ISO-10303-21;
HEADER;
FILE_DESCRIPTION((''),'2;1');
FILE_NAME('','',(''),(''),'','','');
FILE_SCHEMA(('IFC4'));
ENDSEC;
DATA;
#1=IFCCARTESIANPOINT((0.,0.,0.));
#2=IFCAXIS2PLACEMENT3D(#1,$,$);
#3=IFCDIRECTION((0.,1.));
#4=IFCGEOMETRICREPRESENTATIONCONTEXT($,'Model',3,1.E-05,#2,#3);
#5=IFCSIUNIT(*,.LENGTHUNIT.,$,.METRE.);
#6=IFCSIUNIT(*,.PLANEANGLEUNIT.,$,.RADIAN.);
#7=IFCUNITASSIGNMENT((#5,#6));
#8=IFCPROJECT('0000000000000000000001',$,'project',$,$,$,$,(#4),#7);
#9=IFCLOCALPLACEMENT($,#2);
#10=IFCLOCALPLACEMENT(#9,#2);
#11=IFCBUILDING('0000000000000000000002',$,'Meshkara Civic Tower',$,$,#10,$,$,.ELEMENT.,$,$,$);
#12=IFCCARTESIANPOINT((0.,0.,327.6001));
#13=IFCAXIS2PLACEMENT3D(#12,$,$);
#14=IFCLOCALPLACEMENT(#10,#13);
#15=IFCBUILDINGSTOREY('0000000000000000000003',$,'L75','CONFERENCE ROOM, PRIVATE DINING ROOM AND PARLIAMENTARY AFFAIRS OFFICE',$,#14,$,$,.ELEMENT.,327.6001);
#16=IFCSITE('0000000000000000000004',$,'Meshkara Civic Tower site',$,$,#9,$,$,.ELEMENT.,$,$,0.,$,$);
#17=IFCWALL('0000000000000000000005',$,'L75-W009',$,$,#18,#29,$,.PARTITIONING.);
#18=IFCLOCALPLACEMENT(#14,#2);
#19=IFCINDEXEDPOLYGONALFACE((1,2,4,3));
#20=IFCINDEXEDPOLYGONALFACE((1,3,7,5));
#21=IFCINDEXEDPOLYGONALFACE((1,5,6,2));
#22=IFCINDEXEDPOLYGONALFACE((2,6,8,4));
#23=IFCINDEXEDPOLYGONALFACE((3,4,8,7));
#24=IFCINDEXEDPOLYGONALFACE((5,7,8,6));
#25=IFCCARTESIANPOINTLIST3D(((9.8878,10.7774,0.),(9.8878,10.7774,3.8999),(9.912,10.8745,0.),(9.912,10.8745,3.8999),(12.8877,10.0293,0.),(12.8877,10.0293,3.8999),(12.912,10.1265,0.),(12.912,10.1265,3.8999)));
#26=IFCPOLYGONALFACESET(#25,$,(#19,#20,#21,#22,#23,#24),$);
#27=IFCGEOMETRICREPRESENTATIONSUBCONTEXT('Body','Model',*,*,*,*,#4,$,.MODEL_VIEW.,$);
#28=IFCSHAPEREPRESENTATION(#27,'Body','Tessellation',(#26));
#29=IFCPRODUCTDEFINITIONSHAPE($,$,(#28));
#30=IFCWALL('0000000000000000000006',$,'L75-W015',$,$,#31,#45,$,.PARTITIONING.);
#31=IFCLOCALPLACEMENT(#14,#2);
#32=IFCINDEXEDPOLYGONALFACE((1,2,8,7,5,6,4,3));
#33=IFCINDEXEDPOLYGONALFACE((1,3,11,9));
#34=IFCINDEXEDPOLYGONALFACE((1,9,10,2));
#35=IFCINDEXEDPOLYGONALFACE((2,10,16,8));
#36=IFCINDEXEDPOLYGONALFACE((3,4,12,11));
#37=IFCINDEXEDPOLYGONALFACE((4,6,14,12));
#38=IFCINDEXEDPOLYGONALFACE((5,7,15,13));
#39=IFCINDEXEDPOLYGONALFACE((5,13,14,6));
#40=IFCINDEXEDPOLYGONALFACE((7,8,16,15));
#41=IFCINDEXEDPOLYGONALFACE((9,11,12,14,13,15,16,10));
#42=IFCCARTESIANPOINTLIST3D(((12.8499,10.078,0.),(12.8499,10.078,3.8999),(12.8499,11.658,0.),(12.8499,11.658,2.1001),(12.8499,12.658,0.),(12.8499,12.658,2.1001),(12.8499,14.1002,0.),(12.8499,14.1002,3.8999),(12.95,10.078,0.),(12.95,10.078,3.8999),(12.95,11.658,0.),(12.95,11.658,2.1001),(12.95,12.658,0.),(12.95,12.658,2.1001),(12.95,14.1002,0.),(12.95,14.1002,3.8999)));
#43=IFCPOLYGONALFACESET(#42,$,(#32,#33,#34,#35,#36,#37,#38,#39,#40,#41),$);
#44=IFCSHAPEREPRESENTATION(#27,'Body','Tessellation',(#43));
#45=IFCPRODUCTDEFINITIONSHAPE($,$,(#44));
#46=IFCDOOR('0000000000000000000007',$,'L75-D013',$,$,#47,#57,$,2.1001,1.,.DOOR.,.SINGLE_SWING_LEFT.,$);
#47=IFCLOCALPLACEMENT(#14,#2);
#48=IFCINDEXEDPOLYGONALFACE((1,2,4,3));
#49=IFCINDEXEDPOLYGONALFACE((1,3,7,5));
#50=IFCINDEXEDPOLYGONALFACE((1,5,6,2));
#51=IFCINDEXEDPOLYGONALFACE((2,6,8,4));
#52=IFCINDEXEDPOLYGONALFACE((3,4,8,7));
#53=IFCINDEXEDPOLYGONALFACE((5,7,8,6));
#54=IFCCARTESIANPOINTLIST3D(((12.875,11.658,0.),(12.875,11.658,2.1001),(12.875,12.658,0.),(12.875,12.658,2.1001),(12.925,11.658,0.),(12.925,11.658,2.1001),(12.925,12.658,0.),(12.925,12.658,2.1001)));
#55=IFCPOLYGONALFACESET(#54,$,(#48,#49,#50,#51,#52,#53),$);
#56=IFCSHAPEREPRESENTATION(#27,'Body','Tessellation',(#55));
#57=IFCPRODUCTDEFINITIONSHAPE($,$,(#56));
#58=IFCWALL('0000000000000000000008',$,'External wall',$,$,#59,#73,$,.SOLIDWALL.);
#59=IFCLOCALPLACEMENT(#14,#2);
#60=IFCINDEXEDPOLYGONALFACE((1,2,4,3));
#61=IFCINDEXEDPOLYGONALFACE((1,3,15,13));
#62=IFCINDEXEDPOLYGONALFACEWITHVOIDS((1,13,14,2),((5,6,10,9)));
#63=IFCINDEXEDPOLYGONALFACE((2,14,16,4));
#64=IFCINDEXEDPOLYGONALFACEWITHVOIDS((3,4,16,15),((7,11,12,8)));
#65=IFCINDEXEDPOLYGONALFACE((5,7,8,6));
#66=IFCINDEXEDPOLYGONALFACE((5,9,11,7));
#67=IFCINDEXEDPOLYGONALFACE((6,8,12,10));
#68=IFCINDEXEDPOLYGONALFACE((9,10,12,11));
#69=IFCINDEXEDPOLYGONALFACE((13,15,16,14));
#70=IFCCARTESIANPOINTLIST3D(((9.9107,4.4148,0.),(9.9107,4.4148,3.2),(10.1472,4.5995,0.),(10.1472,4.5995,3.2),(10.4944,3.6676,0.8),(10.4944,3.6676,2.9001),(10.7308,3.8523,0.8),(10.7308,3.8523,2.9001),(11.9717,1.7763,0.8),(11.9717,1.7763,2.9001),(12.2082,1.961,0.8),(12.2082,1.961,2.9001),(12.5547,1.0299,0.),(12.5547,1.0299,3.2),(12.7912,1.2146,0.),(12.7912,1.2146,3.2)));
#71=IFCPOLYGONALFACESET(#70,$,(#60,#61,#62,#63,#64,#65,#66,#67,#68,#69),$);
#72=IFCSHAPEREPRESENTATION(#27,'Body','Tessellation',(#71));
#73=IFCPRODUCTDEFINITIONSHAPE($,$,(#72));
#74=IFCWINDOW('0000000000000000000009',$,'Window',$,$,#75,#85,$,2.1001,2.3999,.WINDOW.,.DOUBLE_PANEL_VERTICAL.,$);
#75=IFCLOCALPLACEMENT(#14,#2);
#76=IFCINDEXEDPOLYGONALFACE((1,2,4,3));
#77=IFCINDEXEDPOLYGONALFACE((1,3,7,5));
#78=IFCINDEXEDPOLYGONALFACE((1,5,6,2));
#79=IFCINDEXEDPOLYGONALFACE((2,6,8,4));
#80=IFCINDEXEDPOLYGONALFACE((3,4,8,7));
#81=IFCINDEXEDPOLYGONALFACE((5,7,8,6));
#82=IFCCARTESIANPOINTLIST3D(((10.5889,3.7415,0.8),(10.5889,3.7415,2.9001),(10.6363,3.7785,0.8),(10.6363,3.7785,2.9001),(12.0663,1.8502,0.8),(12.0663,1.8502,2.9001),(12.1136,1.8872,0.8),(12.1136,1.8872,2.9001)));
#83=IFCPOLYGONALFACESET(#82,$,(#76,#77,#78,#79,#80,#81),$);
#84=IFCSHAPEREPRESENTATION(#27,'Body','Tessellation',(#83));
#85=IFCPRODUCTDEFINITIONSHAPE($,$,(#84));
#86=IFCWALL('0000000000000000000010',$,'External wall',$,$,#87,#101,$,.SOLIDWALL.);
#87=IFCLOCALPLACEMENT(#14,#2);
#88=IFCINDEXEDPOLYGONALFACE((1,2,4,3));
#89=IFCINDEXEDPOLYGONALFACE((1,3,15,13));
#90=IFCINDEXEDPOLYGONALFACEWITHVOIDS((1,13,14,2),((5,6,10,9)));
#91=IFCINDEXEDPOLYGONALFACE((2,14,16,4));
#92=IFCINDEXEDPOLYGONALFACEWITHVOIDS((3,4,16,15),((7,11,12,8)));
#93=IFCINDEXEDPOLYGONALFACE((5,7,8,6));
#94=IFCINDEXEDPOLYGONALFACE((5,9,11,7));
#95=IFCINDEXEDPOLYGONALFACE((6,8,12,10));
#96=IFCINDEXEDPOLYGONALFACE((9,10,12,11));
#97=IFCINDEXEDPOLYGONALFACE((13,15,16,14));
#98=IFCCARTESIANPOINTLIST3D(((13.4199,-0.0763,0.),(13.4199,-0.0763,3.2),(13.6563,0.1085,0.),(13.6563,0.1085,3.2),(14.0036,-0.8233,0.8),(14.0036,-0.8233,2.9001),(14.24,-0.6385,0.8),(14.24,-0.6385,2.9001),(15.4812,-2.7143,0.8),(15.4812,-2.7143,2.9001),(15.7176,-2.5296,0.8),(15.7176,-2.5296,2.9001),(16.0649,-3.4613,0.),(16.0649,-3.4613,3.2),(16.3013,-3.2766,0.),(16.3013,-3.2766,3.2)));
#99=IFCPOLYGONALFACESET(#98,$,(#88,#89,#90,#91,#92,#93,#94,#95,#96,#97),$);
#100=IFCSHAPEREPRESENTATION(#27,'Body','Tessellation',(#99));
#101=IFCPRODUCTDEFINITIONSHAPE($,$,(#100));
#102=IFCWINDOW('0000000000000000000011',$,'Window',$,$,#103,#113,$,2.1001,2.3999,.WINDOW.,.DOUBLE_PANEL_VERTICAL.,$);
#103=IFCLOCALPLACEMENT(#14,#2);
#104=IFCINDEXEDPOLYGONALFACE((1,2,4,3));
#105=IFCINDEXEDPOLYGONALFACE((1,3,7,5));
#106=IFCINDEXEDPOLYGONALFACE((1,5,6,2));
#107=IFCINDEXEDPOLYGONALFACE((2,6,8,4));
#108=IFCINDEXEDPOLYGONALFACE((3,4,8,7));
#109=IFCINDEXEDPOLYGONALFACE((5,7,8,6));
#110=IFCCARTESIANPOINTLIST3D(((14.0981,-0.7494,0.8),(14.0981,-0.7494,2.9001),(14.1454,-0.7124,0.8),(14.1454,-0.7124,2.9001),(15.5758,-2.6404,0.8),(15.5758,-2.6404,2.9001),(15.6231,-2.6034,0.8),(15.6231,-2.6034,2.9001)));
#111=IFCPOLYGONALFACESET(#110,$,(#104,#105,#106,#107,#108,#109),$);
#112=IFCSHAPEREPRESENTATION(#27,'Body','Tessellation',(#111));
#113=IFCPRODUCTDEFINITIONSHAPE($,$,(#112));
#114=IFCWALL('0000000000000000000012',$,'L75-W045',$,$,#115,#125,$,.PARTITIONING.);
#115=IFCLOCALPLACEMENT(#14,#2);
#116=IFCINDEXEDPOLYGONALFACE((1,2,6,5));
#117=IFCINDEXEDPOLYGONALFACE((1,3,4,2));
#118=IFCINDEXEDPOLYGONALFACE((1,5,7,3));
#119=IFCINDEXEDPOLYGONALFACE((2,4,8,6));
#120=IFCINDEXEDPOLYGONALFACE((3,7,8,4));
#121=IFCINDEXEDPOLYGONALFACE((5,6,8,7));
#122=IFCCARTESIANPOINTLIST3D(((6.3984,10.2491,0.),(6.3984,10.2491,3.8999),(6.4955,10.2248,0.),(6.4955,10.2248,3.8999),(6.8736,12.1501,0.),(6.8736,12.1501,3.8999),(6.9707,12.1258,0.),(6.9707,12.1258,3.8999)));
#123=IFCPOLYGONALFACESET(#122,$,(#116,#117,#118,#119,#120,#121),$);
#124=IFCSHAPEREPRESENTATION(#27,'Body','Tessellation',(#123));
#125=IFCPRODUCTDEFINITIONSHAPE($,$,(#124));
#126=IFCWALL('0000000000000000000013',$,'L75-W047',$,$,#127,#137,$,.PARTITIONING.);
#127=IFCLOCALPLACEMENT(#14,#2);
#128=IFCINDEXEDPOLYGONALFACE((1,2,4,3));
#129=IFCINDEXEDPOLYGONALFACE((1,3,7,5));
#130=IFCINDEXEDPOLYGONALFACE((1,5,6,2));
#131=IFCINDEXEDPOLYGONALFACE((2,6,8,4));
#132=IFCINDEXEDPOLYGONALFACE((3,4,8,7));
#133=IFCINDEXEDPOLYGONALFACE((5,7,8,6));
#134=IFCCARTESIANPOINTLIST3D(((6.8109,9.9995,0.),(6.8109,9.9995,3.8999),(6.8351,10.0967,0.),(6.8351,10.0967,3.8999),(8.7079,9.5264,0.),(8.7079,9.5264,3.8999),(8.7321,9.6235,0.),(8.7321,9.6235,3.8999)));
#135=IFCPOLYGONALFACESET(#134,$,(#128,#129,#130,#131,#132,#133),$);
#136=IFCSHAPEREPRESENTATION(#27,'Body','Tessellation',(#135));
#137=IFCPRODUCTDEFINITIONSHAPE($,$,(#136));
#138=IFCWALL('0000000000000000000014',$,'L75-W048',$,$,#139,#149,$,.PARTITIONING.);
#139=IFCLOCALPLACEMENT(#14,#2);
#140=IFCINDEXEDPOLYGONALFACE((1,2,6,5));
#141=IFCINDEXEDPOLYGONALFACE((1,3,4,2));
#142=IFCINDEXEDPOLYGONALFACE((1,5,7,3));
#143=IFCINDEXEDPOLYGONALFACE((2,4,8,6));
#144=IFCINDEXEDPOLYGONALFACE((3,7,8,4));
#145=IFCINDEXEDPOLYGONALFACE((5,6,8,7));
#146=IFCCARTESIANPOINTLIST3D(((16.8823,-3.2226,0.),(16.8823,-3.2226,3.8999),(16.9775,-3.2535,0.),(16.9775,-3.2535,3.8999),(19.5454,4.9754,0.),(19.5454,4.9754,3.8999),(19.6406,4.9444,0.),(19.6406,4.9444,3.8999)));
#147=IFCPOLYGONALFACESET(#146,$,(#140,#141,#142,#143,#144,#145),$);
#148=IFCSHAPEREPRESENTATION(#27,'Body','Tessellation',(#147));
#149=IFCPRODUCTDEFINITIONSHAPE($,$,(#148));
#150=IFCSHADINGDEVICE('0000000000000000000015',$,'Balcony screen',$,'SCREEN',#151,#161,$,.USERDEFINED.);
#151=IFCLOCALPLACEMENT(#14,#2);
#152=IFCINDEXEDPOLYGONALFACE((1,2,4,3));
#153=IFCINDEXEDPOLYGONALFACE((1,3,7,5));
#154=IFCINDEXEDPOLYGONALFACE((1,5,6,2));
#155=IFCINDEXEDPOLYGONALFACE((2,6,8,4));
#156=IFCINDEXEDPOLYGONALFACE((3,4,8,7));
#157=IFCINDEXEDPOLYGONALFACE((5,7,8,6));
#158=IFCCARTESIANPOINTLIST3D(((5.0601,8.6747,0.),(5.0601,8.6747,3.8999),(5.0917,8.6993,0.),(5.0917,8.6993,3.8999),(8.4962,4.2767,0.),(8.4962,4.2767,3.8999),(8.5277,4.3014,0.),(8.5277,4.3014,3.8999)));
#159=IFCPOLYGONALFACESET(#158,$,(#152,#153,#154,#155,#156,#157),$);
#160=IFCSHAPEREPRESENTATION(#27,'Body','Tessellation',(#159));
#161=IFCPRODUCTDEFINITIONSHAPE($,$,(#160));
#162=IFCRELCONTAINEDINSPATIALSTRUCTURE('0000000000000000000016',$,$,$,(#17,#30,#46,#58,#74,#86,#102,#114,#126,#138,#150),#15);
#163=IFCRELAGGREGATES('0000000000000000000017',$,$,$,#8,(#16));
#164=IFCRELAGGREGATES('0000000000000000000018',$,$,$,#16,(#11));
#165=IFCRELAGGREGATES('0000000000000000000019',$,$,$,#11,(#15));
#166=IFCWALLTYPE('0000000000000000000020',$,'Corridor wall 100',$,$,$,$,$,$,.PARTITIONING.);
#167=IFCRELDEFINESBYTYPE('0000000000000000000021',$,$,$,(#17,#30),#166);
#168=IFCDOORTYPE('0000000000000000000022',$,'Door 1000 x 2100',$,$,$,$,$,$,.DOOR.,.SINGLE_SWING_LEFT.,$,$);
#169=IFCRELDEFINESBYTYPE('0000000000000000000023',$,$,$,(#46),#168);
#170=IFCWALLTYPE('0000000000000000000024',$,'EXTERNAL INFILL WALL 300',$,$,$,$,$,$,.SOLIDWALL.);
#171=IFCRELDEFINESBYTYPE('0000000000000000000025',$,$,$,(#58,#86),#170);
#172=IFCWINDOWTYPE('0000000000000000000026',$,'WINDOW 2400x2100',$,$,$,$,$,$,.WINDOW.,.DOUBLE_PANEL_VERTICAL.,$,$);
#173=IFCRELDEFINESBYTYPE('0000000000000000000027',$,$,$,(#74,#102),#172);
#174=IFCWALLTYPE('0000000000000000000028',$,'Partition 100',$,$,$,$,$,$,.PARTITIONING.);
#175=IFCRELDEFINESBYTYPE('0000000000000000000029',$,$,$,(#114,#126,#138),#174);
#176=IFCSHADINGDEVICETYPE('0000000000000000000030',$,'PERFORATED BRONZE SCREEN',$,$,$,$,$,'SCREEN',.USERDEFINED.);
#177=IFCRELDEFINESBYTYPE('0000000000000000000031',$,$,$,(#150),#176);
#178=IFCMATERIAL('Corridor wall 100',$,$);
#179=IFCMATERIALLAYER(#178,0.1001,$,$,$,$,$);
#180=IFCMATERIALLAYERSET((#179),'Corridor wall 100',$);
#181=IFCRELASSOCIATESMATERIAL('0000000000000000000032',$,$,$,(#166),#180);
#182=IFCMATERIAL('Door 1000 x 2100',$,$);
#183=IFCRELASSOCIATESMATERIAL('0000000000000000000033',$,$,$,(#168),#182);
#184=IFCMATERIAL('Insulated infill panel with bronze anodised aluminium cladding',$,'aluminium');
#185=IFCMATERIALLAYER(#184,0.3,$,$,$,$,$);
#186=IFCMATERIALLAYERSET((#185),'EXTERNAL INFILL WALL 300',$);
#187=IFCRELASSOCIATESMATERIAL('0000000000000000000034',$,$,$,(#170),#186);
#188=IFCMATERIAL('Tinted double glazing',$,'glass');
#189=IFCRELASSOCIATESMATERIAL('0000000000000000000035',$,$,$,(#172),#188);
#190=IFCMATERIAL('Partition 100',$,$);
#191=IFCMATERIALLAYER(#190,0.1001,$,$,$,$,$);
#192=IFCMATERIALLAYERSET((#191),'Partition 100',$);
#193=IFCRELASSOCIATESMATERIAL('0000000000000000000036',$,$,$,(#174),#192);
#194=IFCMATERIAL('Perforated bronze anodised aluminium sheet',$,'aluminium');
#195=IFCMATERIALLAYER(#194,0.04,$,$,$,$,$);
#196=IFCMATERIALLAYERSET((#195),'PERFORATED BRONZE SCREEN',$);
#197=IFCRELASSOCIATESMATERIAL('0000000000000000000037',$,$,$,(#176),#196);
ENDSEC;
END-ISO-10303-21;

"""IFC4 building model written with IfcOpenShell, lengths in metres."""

from ifc_helpers import new_model, si_unit, direction, frame, frame_2d, origin, origin_2d, place, context, subcontext, project, spatial, rectangle, extrude, material, layer, layer_set, type_object, element, fill, save


model = new_model("IFC4")

# Units and contexts
model_context = context("Model", 3, precision=1e-05, world=origin(), true_north=direction((0.0, 1.0)))
body_context = subcontext(model_context, "Body", "Model", "MODEL_VIEW")
ifc_project = project(units=[si_unit("LENGTHUNIT", "METRE"), si_unit("PLANEANGLEUNIT", "RADIAN")], contexts=[model_context])

# Site, building, storey
site_placement = place(None, origin())
site = spatial("IfcSite", under=ifc_project, at=site_placement, Name="Meshkara Civic Tower site", CompositionType="ELEMENT", RefElevation=0.0)
building_placement = place(site_placement, origin())
building = spatial("IfcBuilding", under=site, at=building_placement, Name="Meshkara Civic Tower", CompositionType="ELEMENT")
storey_placement = place(building_placement, frame((0.0, 0.0, 327.6001)))
storey = spatial("IfcBuildingStorey", under=building, at=storey_placement, Name="L75", Description="CONFERENCE ROOM, PRIVATE DINING ROOM AND PARLIAMENTARY AFFAIRS OFFICE", CompositionType="ELEMENT", Elevation=327.6001)

# Shared definitions
ifc_material_1 = material(Name="Corridor wall 100")
ifc_layer_1 = layer(ifc_material_1, 0.1001)
ifc_layer_set_1 = layer_set([ifc_layer_1], Name="Corridor wall 100")
wall_type_1 = type_object("IfcWallType", Name="Corridor wall 100", PredefinedType="PARTITIONING", material=ifc_layer_set_1)
ifc_material_2 = material(Name="Door 1000 x 2100")
door_type_1 = type_object("IfcDoorType", Name="Door 1000 x 2100", OperationType="SINGLE_SWING_LEFT", PredefinedType="DOOR", material=ifc_material_2)

# Wall
wall_1_placement = place(storey_placement, frame((9.8999, 10.8259, 0.0), z_axis=(0.0, 0.0, 1.0), x_axis=(0.970291, -0.241941, 0.0)))
element("IfcWall", 1, at=wall_1_placement, inside=storey, type_object=wall_type_1, Name="L75-W009", PredefinedType="PARTITIONING", context=body_context, shape_type="SweptSolid", body=[
    extrude(rectangle(XDim=3.0918, YDim=0.1001, at=frame_2d((1.5459, 0.0))), origin(), (0.0, 0.0, 1.0), 3.8999),
])

# Wall, opening, door
wall_2_placement = place(storey_placement, frame((12.8999, 10.0779, 0.0), z_axis=(0.0, 0.0, 1.0), x_axis=(0.0, 1.0, 0.0)))
wall_2 = element("IfcWall", 2, at=wall_2_placement, inside=storey, type_object=wall_type_1, Name="L75-W015", PredefinedType="PARTITIONING", context=body_context, shape_type="SweptSolid", body=[
    extrude(rectangle(XDim=4.0222, YDim=0.1001, at=frame_2d((2.0112, 0.0))), origin(), (0.0, 0.0, 1.0), 3.8999),
])
opening_1_placement = place(wall_2_placement, frame((1.5801, 0.0, 0.0)))
opening_1 = element("IfcOpeningElement", 3, at=opening_1_placement, cuts=wall_2, PredefinedType="OPENING", context=body_context, shape_type="SweptSolid", body=[
    extrude(rectangle(XDim=1.0, YDim=2.1001, at=frame_2d((0.5, 1.05))), frame((0.0, 0.0601, 0.0), z_axis=(0.0, -1.0, 0.0), x_axis=(1.0, 0.0, 0.0)), (0.0, 0.0, 1.0), 0.1201),
])
door_1_placement = place(opening_1_placement, origin())
door_1 = element("IfcDoor", 4, at=door_1_placement, inside=storey, type_object=door_type_1, Name="L75-D013", OperationType="SINGLE_SWING_LEFT", OverallHeight=2.1001, OverallWidth=1.0, PredefinedType="DOOR", context=body_context, shape_type="SweptSolid", body=[
    extrude(rectangle(XDim=1.0, YDim=2.1001, at=frame_2d((0.5, 1.05))), frame((0.0, 0.0249, 0.0), z_axis=(0.0, -1.0, 0.0), x_axis=(1.0, 0.0, 0.0)), (0.0, 0.0, 1.0), 0.05),
])
fill(opening_1, door_1)

# Walls, openings, windows
ifc_material_3 = material(Name="Insulated infill panel with bronze anodised aluminium cladding", Category="aluminium")
ifc_layer_2 = layer(ifc_material_3, 0.3)
ifc_layer_set_2 = layer_set([ifc_layer_2], Name="EXTERNAL INFILL WALL 300")
wall_type_2 = type_object("IfcWallType", Name="EXTERNAL INFILL WALL 300", PredefinedType="SOLIDWALL", material=ifc_layer_set_2)
wall_3_placement = place(storey_placement, frame((10.0291, 4.5071, 0.0), z_axis=(0.0, 0.0, 1.0), x_axis=(0.615572, -0.78808, 0.0)))
wall_3 = element("IfcWall", 5, at=wall_3_placement, inside=storey, type_object=wall_type_2, Name="External wall", PredefinedType="SOLIDWALL", context=body_context, shape_type="SweptSolid", body=[
    extrude(rectangle(XDim=4.2952, YDim=0.3, at=frame_2d((2.1475, 0.0))), origin(), (0.0, 0.0, 1.0), 3.2),
])
opening_2_placement = place(wall_3_placement, frame((0.948, 0.0, 0.8)))
opening_2 = element("IfcOpeningElement", 6, at=opening_2_placement, cuts=wall_3, PredefinedType="OPENING", context=body_context, shape_type="SweptSolid", body=[
    extrude(rectangle(XDim=2.3999, YDim=2.1001, at=frame_2d((1.2, 1.05))), frame((0.0, 0.1599, 0.0), z_axis=(0.0, -1.0, 0.0), x_axis=(1.0, 0.0, 0.0)), (0.0, 0.0, 1.0), 0.3201),
])
ifc_material_4 = material(Name="Tinted double glazing", Category="glass")
window_type = type_object("IfcWindowType", Name="WINDOW 2400x2100", PartitioningType="DOUBLE_PANEL_VERTICAL", PredefinedType="WINDOW", material=ifc_material_4)
window_1_placement = place(opening_2_placement, origin())
window_1 = element("IfcWindow", 7, at=window_1_placement, inside=storey, type_object=window_type, Name="Window", OverallHeight=2.1001, OverallWidth=2.3999, PartitioningType="DOUBLE_PANEL_VERTICAL", PredefinedType="WINDOW", context=body_context, shape_type="SweptSolid", body=[
    extrude(rectangle(XDim=2.3999, YDim=2.1001, at=frame_2d((1.2, 1.05))), frame((0.0, 0.03, 0.0), z_axis=(0.0, -1.0, 0.0), x_axis=(1.0, 0.0, 0.0)), (0.0, 0.0, 1.0), 0.0601),
])
fill(opening_2, window_1)
wall_4_placement = place(storey_placement, frame((13.5381, 0.0161, 0.0), z_axis=(0.0, 0.0, 1.0), x_axis=(0.615714, -0.78797, 0.0)))
wall_4 = element("IfcWall", 8, at=wall_4_placement, inside=storey, type_object=wall_type_2, Name="External wall", PredefinedType="SOLIDWALL", context=body_context, shape_type="SweptSolid", body=[
    extrude(rectangle(XDim=4.2959, YDim=0.3, at=frame_2d((2.1479, 0.0))), origin(), (0.0, 0.0, 1.0), 3.2),
])
opening_3_placement = place(wall_4_placement, frame((0.948, 0.0, 0.8)))
opening_3 = element("IfcOpeningElement", 9, at=opening_3_placement, cuts=wall_4, PredefinedType="OPENING", context=body_context, shape_type="SweptSolid", body=[
    extrude(rectangle(XDim=2.3999, YDim=2.1001, at=frame_2d((1.2, 1.05))), frame((0.0, 0.1599, 0.0), z_axis=(0.0, -1.0, 0.0), x_axis=(1.0, 0.0, 0.0)), (0.0, 0.0, 1.0), 0.3201),
])
window_2_placement = place(opening_3_placement, origin())
window_2 = element("IfcWindow", 10, at=window_2_placement, inside=storey, type_object=window_type, Name="Window", OverallHeight=2.1001, OverallWidth=2.3999, PartitioningType="DOUBLE_PANEL_VERTICAL", PredefinedType="WINDOW", context=body_context, shape_type="SweptSolid", body=[
    extrude(rectangle(XDim=2.3999, YDim=2.1001, at=frame_2d((1.2, 1.05))), frame((0.0, 0.03, 0.0), z_axis=(0.0, -1.0, 0.0), x_axis=(1.0, 0.0, 0.0)), (0.0, 0.0, 1.0), 0.0601),
])
fill(opening_3, window_2)

# Walls
ifc_material_5 = material(Name="Partition 100")
ifc_layer_3 = layer(ifc_material_5, 0.1001)
ifc_layer_set_3 = layer_set([ifc_layer_3], Name="Partition 100")
wall_type_3 = type_object("IfcWallType", Name="Partition 100", PredefinedType="PARTITIONING", material=ifc_layer_set_3)
wall_5_placement = place(storey_placement, frame((6.9221, 12.1379, 0.0), z_axis=(0.0, 0.0, 1.0), x_axis=(-0.242477, -0.970157, 0.0)))
element("IfcWall", 11, at=wall_5_placement, inside=storey, type_object=wall_type_3, Name="L75-W045", PredefinedType="PARTITIONING", context=body_context, shape_type="SweptSolid", body=[
    extrude(rectangle(XDim=1.9595, YDim=0.1001, at=frame_2d((0.9797, 0.0))), origin(), (0.0, 0.0, 1.0), 3.8999),
])
wall_6_placement = place(storey_placement, frame((8.72, 9.575, 0.0), z_axis=(0.0, 0.0, 1.0), x_axis=(-0.970275, 0.242007, 0.0)))
element("IfcWall", 12, at=wall_6_placement, inside=storey, type_object=wall_type_3, Name="L75-W047", PredefinedType="PARTITIONING", context=body_context, shape_type="SweptSolid", body=[
    extrude(rectangle(XDim=1.9551, YDim=0.1001, at=frame_2d((0.9775, 0.0))), origin(), (0.0, 0.0, 1.0), 3.8999),
])
wall_7_placement = place(storey_placement, frame((16.9299, -3.238, 0.0), z_axis=(0.0, 0.0, 1.0), x_axis=(0.308953, 0.951077, 0.0)))
element("IfcWall", 13, at=wall_7_placement, inside=storey, type_object=wall_type_3, Name="L75-W048", PredefinedType="PARTITIONING", context=body_context, shape_type="SweptSolid", body=[
    extrude(rectangle(XDim=8.6196, YDim=0.1001, at=frame_2d((4.3098, 0.0))), origin(), (0.0, 0.0, 1.0), 3.8999),
])

# Shading device
ifc_material_6 = material(Name="Perforated bronze anodised aluminium sheet", Category="aluminium")
ifc_layer_4 = layer(ifc_material_6, 0.04)
ifc_layer_set_4 = layer_set([ifc_layer_4], Name="PERFORATED BRONZE SCREEN")
shading_device_type = type_object("IfcShadingDeviceType", Name="PERFORATED BRONZE SCREEN", ElementType="SCREEN", PredefinedType="USERDEFINED", material=ifc_layer_set_4)
shading_device_placement = place(storey_placement, frame((6.7939, 6.488, 0.0), z_axis=(0.0, 0.0, 1.0), x_axis=(0.615661, -0.788011, 0.0)))
element("IfcShadingDevice", 14, at=shading_device_placement, inside=storey, type_object=shading_device_type, Name="Balcony screen", ObjectType="SCREEN", PredefinedType="USERDEFINED", context=body_context, shape_type="SweptSolid", body=[
    extrude(rectangle(XDim=5.5811, YDim=0.04, at=origin_2d()), origin(), (0.0, 0.0, 1.0), 3.8999),
])

save(model, "model.ifc")
